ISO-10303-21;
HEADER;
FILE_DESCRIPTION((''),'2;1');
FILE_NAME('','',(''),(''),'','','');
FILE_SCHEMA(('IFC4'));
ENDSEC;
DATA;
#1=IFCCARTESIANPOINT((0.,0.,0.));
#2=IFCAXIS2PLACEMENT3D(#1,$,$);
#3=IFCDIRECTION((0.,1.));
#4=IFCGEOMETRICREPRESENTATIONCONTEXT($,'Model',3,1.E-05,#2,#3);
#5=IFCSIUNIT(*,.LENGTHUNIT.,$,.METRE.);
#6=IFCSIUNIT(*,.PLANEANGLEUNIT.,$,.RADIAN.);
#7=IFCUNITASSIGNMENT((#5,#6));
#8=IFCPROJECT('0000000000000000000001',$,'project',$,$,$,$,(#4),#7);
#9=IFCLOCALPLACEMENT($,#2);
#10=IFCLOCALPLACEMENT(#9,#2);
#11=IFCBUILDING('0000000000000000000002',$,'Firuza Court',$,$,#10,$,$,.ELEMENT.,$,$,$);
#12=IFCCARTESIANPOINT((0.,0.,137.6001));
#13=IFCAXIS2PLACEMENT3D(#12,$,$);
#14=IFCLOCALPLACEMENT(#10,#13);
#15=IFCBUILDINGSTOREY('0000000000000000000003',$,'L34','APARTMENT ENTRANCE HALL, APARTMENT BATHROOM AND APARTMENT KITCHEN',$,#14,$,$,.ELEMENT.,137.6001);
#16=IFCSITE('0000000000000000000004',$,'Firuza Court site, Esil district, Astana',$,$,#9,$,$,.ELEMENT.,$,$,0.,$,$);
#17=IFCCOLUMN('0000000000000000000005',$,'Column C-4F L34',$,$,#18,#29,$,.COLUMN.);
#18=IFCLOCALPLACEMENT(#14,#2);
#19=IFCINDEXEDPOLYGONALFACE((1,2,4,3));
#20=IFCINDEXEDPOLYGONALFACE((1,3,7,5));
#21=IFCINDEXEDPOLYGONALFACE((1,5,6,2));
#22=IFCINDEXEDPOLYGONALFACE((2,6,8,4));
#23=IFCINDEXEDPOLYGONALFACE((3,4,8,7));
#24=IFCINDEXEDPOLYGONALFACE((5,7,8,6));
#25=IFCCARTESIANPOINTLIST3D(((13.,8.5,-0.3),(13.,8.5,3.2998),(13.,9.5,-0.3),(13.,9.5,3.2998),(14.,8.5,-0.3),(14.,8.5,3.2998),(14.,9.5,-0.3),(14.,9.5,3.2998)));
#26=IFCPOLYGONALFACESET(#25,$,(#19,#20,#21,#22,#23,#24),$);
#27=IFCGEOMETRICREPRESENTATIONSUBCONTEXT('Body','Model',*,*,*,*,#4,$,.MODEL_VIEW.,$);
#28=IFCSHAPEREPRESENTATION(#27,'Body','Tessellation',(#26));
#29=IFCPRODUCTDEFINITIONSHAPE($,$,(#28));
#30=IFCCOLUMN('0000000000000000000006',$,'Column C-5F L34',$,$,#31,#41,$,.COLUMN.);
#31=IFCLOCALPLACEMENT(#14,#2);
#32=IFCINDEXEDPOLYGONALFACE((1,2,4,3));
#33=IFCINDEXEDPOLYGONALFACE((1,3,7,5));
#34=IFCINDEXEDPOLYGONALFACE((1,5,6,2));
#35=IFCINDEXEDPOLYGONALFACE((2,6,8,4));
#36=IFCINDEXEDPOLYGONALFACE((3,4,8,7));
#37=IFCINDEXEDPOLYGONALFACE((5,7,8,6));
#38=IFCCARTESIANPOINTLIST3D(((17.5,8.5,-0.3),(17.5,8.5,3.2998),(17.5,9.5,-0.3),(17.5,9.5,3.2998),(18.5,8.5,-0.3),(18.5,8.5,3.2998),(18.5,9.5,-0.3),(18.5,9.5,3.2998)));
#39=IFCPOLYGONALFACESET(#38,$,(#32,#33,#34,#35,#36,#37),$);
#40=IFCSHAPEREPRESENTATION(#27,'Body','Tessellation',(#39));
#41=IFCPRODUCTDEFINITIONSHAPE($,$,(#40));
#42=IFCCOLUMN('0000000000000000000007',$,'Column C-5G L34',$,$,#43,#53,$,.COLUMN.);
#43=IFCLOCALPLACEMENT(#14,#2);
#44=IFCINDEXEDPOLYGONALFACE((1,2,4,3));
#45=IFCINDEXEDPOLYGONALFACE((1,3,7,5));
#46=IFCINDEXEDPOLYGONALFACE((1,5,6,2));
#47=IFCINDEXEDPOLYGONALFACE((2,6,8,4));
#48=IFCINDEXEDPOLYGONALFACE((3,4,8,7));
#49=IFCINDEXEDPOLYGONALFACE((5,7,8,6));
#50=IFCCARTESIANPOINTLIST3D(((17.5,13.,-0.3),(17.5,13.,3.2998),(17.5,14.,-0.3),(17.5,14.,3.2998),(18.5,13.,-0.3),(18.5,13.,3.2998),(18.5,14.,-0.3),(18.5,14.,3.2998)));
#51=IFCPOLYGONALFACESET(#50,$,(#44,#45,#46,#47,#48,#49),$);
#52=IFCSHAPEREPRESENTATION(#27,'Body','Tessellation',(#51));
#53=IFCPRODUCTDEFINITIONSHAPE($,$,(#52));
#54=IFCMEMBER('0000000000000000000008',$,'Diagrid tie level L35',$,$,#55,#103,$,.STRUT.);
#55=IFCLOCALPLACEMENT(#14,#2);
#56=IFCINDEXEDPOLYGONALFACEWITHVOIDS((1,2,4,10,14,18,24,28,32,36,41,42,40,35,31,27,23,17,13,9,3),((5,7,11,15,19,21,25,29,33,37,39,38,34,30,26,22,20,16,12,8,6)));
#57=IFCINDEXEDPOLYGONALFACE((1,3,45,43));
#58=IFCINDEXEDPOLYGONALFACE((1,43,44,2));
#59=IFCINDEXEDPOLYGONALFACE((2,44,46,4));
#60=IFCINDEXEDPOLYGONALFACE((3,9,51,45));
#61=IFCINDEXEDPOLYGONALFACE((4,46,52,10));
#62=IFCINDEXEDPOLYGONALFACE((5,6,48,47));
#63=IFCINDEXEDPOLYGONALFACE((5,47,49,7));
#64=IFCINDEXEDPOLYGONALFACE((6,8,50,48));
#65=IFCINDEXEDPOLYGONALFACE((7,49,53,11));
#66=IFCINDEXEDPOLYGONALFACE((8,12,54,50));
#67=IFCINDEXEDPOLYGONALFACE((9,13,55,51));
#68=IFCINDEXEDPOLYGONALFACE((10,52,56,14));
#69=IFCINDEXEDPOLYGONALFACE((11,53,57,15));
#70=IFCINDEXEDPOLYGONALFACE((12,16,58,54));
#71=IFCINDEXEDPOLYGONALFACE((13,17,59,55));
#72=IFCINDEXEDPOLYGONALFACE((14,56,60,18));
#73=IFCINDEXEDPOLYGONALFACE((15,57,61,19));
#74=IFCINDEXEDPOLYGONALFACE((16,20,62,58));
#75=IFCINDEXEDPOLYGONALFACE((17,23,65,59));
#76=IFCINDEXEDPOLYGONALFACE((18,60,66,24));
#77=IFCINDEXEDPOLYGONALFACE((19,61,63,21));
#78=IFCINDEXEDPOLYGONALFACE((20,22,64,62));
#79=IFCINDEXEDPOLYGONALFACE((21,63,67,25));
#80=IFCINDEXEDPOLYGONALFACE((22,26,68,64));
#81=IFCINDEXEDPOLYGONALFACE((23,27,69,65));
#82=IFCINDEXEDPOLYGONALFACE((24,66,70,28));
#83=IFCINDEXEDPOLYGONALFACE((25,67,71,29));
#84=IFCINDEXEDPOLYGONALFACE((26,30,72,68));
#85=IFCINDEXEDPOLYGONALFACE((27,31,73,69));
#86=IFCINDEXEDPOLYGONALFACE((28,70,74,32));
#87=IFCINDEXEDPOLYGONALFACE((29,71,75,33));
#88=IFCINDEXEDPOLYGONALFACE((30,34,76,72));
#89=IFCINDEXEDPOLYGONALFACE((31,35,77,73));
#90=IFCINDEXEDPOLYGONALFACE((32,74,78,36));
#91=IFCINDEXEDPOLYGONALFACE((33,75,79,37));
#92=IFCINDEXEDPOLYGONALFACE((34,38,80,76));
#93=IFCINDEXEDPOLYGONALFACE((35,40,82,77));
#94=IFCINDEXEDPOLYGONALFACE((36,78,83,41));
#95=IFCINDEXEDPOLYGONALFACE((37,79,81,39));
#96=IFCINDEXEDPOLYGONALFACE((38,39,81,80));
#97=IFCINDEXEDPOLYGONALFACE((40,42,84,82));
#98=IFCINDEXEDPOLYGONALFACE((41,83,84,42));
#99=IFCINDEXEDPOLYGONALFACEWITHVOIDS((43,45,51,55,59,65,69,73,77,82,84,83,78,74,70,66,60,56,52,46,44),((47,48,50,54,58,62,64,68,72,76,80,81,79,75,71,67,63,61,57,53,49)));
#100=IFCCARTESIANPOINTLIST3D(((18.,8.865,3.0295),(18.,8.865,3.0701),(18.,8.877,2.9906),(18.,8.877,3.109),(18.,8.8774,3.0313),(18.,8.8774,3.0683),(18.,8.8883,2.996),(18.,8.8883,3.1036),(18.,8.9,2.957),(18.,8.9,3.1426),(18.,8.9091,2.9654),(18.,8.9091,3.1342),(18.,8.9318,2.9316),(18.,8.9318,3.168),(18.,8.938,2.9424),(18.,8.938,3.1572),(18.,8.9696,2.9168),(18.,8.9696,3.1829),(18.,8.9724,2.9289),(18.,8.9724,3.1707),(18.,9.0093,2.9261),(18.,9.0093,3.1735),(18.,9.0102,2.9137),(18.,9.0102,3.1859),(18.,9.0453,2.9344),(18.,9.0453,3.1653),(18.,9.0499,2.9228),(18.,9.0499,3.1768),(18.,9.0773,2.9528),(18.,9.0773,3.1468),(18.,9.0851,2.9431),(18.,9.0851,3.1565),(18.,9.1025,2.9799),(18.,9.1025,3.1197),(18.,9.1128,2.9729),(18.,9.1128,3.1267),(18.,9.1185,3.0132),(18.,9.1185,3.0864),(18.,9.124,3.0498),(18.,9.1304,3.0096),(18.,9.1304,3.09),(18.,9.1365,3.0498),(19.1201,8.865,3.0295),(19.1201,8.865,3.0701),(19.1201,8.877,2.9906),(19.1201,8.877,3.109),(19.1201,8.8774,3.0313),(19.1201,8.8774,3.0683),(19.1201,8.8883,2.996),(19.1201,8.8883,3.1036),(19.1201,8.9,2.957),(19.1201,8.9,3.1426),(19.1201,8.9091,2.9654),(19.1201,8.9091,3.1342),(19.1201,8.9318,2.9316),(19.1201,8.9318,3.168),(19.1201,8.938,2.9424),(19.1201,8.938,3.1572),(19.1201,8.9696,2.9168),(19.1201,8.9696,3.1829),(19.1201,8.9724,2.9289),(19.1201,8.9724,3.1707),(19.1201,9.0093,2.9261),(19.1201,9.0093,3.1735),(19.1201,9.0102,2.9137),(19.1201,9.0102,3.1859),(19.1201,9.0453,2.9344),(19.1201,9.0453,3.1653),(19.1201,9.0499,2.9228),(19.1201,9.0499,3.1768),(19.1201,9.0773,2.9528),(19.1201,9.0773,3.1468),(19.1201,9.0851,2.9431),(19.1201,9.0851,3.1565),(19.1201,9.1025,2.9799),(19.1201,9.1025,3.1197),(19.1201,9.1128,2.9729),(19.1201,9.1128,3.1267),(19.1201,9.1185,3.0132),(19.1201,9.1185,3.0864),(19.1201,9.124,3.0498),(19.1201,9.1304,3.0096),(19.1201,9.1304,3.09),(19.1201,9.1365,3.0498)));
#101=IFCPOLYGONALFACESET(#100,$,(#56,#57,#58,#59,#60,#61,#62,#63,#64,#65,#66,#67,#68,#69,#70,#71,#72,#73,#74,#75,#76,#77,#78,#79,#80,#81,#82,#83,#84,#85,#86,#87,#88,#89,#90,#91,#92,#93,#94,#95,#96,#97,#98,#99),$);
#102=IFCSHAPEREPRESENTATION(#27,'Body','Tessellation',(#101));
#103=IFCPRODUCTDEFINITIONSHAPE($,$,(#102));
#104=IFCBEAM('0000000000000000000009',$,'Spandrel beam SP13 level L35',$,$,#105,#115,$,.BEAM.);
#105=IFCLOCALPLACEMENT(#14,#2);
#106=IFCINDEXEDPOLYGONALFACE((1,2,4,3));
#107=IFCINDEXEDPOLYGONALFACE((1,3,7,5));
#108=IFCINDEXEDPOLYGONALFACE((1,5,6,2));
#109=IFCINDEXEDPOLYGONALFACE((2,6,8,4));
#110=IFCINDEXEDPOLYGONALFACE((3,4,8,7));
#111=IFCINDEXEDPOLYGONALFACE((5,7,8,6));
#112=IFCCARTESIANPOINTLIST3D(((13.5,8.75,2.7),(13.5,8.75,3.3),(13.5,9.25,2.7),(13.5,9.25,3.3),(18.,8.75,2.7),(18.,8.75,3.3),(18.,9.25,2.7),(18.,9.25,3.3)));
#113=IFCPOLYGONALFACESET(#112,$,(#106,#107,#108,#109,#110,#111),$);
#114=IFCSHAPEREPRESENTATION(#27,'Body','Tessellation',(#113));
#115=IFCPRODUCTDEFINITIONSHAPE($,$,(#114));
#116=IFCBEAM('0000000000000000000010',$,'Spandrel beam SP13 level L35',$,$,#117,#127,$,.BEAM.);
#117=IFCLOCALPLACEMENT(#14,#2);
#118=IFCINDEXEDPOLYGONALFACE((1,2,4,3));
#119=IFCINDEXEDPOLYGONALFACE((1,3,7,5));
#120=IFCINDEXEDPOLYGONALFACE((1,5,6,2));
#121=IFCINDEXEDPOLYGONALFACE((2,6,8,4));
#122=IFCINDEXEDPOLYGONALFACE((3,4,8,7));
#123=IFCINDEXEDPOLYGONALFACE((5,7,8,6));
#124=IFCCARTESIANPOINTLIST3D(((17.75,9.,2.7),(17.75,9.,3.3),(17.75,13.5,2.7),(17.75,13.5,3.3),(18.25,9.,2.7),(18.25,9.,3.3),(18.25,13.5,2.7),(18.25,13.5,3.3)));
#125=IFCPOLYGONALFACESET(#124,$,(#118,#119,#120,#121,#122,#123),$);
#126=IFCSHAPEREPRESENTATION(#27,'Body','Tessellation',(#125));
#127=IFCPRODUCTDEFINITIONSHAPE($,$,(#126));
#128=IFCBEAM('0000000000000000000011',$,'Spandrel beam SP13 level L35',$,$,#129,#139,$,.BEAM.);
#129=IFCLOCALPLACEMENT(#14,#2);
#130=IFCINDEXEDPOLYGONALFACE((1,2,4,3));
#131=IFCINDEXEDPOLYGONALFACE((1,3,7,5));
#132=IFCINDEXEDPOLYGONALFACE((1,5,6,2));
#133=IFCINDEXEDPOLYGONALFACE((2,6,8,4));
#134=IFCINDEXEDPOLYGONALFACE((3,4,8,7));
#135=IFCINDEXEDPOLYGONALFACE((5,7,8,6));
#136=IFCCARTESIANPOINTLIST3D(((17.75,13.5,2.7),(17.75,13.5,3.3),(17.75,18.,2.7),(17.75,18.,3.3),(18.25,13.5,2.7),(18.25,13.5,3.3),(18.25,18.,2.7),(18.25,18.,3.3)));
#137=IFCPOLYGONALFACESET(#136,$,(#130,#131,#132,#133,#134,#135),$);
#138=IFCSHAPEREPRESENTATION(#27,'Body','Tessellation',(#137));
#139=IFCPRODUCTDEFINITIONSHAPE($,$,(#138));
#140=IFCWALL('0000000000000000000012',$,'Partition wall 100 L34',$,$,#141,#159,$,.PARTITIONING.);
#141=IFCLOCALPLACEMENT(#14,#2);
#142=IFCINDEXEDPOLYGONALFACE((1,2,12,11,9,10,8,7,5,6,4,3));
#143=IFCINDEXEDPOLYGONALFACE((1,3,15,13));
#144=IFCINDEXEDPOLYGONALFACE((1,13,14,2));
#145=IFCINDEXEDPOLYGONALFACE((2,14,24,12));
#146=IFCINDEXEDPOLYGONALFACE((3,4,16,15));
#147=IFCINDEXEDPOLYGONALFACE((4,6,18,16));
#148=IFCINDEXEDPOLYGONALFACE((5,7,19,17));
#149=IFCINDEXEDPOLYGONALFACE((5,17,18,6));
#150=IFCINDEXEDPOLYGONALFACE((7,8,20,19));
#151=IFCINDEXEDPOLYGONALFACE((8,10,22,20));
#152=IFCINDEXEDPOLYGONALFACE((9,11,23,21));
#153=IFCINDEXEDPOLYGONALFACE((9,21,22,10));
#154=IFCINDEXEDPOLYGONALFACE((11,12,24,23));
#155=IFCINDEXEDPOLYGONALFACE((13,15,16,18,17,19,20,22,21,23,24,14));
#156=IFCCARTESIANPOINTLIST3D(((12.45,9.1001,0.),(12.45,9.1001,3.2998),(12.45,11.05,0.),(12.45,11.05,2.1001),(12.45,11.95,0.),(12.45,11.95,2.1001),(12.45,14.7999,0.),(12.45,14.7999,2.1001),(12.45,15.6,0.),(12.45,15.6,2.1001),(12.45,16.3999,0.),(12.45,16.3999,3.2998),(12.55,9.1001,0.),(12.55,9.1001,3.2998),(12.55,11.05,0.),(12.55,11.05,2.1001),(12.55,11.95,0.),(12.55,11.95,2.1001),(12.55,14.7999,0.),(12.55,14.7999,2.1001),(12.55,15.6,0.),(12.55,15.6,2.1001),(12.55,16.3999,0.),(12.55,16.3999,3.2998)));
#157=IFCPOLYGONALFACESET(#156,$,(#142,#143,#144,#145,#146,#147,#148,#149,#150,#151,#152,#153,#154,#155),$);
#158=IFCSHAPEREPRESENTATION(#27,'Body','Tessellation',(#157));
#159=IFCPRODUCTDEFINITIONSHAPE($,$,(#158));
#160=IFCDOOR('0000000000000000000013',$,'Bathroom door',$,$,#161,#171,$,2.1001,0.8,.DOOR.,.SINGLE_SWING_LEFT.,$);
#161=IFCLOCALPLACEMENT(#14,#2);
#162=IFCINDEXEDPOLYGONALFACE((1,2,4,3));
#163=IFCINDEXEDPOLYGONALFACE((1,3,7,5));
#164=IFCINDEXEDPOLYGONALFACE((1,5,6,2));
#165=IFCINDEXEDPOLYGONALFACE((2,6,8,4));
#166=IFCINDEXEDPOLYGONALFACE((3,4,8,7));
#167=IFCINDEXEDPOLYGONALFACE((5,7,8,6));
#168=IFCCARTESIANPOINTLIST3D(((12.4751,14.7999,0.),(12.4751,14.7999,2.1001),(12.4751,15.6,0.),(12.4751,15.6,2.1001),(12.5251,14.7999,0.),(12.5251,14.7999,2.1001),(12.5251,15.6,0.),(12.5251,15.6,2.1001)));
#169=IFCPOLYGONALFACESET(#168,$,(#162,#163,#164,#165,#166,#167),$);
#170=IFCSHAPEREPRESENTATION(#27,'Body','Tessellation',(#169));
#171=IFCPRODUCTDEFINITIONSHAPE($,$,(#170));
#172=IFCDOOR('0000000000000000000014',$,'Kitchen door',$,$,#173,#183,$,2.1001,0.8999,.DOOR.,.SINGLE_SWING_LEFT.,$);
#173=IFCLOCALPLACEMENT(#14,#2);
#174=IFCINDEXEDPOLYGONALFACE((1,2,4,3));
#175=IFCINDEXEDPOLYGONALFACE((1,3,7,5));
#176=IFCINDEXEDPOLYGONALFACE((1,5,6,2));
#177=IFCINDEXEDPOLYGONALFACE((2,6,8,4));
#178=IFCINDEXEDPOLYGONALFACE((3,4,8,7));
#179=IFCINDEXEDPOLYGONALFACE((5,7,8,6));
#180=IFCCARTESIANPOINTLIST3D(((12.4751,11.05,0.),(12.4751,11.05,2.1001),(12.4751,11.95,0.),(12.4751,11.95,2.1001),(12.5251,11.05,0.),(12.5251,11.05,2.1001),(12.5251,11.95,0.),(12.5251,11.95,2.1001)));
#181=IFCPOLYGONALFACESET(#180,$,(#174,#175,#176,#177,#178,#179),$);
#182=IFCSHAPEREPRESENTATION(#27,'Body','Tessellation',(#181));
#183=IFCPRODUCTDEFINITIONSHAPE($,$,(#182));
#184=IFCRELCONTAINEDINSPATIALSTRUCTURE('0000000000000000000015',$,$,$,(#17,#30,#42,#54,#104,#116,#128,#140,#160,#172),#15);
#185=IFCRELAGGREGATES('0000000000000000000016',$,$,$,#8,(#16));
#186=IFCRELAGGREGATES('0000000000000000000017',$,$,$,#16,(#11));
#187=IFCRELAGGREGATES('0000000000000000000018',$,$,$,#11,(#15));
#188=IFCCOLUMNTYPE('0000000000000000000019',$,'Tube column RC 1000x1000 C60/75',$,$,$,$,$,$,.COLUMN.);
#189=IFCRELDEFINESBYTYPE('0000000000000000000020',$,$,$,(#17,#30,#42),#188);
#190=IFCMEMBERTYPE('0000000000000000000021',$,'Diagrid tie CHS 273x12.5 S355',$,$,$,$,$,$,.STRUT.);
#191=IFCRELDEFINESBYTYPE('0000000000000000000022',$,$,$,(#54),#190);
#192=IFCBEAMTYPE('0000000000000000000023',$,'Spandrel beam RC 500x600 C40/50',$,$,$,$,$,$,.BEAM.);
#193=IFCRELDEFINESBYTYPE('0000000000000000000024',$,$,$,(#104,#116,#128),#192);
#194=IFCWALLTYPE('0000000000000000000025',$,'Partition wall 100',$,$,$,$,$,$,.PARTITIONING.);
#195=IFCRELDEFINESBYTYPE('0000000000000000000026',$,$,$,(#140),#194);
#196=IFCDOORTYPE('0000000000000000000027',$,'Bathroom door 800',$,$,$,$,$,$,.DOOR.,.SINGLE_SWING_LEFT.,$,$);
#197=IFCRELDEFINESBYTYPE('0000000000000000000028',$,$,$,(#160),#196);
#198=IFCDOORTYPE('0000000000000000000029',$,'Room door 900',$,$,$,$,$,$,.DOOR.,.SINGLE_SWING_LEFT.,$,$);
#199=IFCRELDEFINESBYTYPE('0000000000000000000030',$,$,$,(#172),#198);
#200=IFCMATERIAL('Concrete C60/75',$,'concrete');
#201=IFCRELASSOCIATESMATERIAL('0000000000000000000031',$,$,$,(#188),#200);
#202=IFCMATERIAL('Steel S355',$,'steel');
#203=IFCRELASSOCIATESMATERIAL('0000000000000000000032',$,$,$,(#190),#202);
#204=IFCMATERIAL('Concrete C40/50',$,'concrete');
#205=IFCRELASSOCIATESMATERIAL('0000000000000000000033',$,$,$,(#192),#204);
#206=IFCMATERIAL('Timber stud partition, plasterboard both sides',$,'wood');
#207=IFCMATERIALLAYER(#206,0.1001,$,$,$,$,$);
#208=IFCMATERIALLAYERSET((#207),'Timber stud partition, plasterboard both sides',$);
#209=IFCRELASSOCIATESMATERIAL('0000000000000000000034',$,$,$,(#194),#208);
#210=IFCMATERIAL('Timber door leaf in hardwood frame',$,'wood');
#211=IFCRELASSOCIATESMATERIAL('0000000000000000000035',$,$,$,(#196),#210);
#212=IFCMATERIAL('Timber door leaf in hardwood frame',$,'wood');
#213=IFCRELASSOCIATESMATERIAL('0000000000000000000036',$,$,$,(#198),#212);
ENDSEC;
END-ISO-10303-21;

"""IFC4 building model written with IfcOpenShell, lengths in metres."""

from ifc_helpers import new_model, si_unit, direction, frame, frame_2d, origin, origin_2d, place, context, subcontext, project, spatial, rectangle, hollow_circle, extrude, material, layer, layer_set, material_profile, profile_set, type_object, element, fill, save


model = new_model("IFC4")

# Units and contexts
model_context = context("Model", 3, precision=1e-05, world=origin(), true_north=direction((0.0, 1.0)))
body_context = subcontext(model_context, "Body", "Model", "MODEL_VIEW")
ifc_project = project(units=[si_unit("LENGTHUNIT", "METRE"), si_unit("PLANEANGLEUNIT", "RADIAN")], contexts=[model_context])

# Site, building, storey
site_placement = place(None, origin())
site = spatial("IfcSite", under=ifc_project, at=site_placement, Name="Firuza Court site, Esil district, Astana", CompositionType="ELEMENT", RefElevation=0.0)
building_placement = place(site_placement, origin())
building = spatial("IfcBuilding", under=site, at=building_placement, Name="Firuza Court", CompositionType="ELEMENT")
storey_placement = place(building_placement, frame((0.0, 0.0, 137.6001)))
storey = spatial("IfcBuildingStorey", under=building, at=storey_placement, Name="L34", Description="APARTMENT ENTRANCE HALL, APARTMENT BATHROOM AND APARTMENT KITCHEN", CompositionType="ELEMENT", Elevation=137.6001)

# Columns
ifc_material_1 = material(Name="Concrete C60/75", Category="concrete")
ifc_material_profile_1 = material_profile(ifc_material_1, rectangle(XDim=1.0, YDim=1.0, at=origin_2d()), Name="RC 1000x1000")
ifc_profile_set_1 = profile_set([ifc_material_profile_1], Name="Concrete C60/75")
column_type = type_object("IfcColumnType", Name="Tube column RC 1000x1000 C60/75", PredefinedType="COLUMN", material=ifc_profile_set_1)
for number, where, z_axis, x_axis, name in (
    (1, (13.5, 9.0, -0.3), (0.0, 0.0, 1.0), (1.0, 0.0, 0.0), "Column C-4F L34"),
    (2, (18.0, 9.0, -0.3), (0.0, 0.0, 1.0), (1.0, 0.0, 0.0), "Column C-5F L34"),
    (3, (18.0, 13.5, -0.3), (0.0, 0.0, 1.0), (1.0, 0.0, 0.0), "Column C-5G L34"),
):
    element("IfcColumn", number, at=place(storey_placement, frame(where, z_axis=z_axis, x_axis=x_axis)), inside=storey, type_object=column_type, Name=name, PredefinedType="COLUMN", context=body_context, shape_type="SweptSolid", body=[
        extrude(rectangle(XDim=1.0, YDim=1.0, at=origin_2d()), origin(), (0.0, 0.0, 1.0), 3.5999),
    ])

# Member
ifc_material_2 = material(Name="Steel S355", Category="steel")
ifc_material_profile_2 = material_profile(ifc_material_2, hollow_circle(Radius=0.1365, WallThickness=0.0125, at=origin_2d()), Name="CHS 273x12.5")
ifc_profile_set_2 = profile_set([ifc_material_profile_2], Name="Steel S355")
member_type = type_object("IfcMemberType", Name="Diagrid tie CHS 273x12.5 S355", PredefinedType="STRUT", material=ifc_profile_set_2)
member_placement = place(storey_placement, frame((18.0, 9.0, 3.0498), z_axis=(1.0, 0.0, 0.0), x_axis=(0.0, 1.0, 0.0)))
element("IfcMember", 4, at=member_placement, inside=storey, type_object=member_type, Name="Diagrid tie level L35", PredefinedType="STRUT", context=body_context, shape_type="SweptSolid", body=[
    extrude(hollow_circle(Radius=0.1365, WallThickness=0.0125, at=origin_2d()), origin(), (0.0, 0.0, 1.0), 1.1201),
])

# Beams
ifc_material_3 = material(Name="Concrete C40/50", Category="concrete")
ifc_material_profile_3 = material_profile(ifc_material_3, rectangle(XDim=0.5, YDim=0.6001, at=origin_2d()), Name="RC 500x600")
ifc_profile_set_3 = profile_set([ifc_material_profile_3], Name="Concrete C40/50")
beam_type = type_object("IfcBeamType", Name="Spandrel beam RC 500x600 C40/50", PredefinedType="BEAM", material=ifc_profile_set_3)
for number, where, z_axis, x_axis, name in (
    (5, (13.5, 9.0, 3.0), (1.0, 0.0, 0.0), (0.0, 1.0, 0.0), "Spandrel beam SP13 level L35"),
    (6, (18.0, 9.0, 3.0), (0.0, 1.0, 0.0), (-1.0, 0.0, 0.0), "Spandrel beam SP13 level L35"),
    (7, (18.0, 13.5, 3.0), (0.0, 1.0, 0.0), (-1.0, 0.0, 0.0), "Spandrel beam SP13 level L35"),
):
    element("IfcBeam", number, at=place(storey_placement, frame(where, z_axis=z_axis, x_axis=x_axis)), inside=storey, type_object=beam_type, Name=name, PredefinedType="BEAM", context=body_context, shape_type="SweptSolid", body=[
        extrude(rectangle(XDim=0.5, YDim=0.6001, at=origin_2d()), origin(), (0.0, 0.0, 1.0), 4.5),
    ])

# Wall, openings, doors
ifc_material_4 = material(Name="Timber stud partition, plasterboard both sides", Category="wood")
ifc_layer_1 = layer(ifc_material_4, 0.1001)
ifc_layer_set_1 = layer_set([ifc_layer_1], Name="Timber stud partition, plasterboard both sides")
wall_type_1 = type_object("IfcWallType", Name="Partition wall 100", PredefinedType="PARTITIONING", material=ifc_layer_set_1)
wall_1_placement = place(storey_placement, frame((12.5, 9.1001, 0.0), z_axis=(0.0, 0.0, 1.0), x_axis=(0.0, 1.0, 0.0)))
wall_1 = element("IfcWall", 8, at=wall_1_placement, inside=storey, type_object=wall_type_1, Name="Partition wall 100 L34", PredefinedType="PARTITIONING", context=body_context, shape_type="SweptSolid", body=[
    extrude(rectangle(XDim=7.2998, YDim=0.1001, at=frame_2d((3.6499, 0.0))), origin(), (0.0, 0.0, 1.0), 3.2998),
])
opening_1_placement = place(wall_1_placement, frame((5.7, 0.0, 0.0)))
opening_1 = element("IfcOpeningElement", 9, at=opening_1_placement, cuts=wall_1, PredefinedType="OPENING", context=body_context, shape_type="SweptSolid", body=[
    extrude(rectangle(XDim=0.8, YDim=2.1001, at=frame_2d((0.3999, 1.05))), frame((0.0, 0.062, 0.0), z_axis=(0.0, -1.0, 0.0), x_axis=(1.0, 0.0, 0.0)), (0.0, 0.0, 1.0), 0.124),
])
opening_2_placement = place(wall_1_placement, frame((1.95, 0.0, 0.0)))
opening_2 = element("IfcOpeningElement", 10, at=opening_2_placement, cuts=wall_1, PredefinedType="OPENING", context=body_context, shape_type="SweptSolid", body=[
    extrude(rectangle(XDim=0.8999, YDim=2.1001, at=frame_2d((0.45, 1.05))), frame((0.0, 0.062, 0.0), z_axis=(0.0, -1.0, 0.0), x_axis=(1.0, 0.0, 0.0)), (0.0, 0.0, 1.0), 0.124),
])
ifc_material_5 = material(Name="Timber door leaf in hardwood frame", Category="wood")
door_type_1 = type_object("IfcDoorType", Name="Bathroom door 800", OperationType="SINGLE_SWING_LEFT", PredefinedType="DOOR", material=ifc_material_5)
door_1_placement = place(opening_1_placement, origin())
door_1 = element("IfcDoor", 11, at=door_1_placement, inside=storey, type_object=door_type_1, Name="Bathroom door", OperationType="SINGLE_SWING_LEFT", OverallHeight=2.1001, OverallWidth=0.8, PredefinedType="DOOR", context=body_context, shape_type="SweptSolid", body=[
    extrude(rectangle(XDim=0.8, YDim=2.1001, at=frame_2d((0.3999, 1.05))), frame((0.0, 0.0249, 0.0), z_axis=(0.0, -1.0, 0.0), x_axis=(1.0, 0.0, 0.0)), (0.0, 0.0, 1.0), 0.05),
])
fill(opening_1, door_1)
ifc_material_6 = material(Name="Timber door leaf in hardwood frame", Category="wood")
door_type_2 = type_object("IfcDoorType", Name="Room door 900", OperationType="SINGLE_SWING_LEFT", PredefinedType="DOOR", material=ifc_material_6)
door_2_placement = place(opening_2_placement, origin())
door_2 = element("IfcDoor", 12, at=door_2_placement, inside=storey, type_object=door_type_2, Name="Kitchen door", OperationType="SINGLE_SWING_LEFT", OverallHeight=2.1001, OverallWidth=0.8999, PredefinedType="DOOR", context=body_context, shape_type="SweptSolid", body=[
    extrude(rectangle(XDim=0.8999, YDim=2.1001, at=frame_2d((0.45, 1.05))), frame((0.0, 0.0249, 0.0), z_axis=(0.0, -1.0, 0.0), x_axis=(1.0, 0.0, 0.0)), (0.0, 0.0, 1.0), 0.05),
])
fill(opening_2, door_2)

save(model, "model.ifc")
